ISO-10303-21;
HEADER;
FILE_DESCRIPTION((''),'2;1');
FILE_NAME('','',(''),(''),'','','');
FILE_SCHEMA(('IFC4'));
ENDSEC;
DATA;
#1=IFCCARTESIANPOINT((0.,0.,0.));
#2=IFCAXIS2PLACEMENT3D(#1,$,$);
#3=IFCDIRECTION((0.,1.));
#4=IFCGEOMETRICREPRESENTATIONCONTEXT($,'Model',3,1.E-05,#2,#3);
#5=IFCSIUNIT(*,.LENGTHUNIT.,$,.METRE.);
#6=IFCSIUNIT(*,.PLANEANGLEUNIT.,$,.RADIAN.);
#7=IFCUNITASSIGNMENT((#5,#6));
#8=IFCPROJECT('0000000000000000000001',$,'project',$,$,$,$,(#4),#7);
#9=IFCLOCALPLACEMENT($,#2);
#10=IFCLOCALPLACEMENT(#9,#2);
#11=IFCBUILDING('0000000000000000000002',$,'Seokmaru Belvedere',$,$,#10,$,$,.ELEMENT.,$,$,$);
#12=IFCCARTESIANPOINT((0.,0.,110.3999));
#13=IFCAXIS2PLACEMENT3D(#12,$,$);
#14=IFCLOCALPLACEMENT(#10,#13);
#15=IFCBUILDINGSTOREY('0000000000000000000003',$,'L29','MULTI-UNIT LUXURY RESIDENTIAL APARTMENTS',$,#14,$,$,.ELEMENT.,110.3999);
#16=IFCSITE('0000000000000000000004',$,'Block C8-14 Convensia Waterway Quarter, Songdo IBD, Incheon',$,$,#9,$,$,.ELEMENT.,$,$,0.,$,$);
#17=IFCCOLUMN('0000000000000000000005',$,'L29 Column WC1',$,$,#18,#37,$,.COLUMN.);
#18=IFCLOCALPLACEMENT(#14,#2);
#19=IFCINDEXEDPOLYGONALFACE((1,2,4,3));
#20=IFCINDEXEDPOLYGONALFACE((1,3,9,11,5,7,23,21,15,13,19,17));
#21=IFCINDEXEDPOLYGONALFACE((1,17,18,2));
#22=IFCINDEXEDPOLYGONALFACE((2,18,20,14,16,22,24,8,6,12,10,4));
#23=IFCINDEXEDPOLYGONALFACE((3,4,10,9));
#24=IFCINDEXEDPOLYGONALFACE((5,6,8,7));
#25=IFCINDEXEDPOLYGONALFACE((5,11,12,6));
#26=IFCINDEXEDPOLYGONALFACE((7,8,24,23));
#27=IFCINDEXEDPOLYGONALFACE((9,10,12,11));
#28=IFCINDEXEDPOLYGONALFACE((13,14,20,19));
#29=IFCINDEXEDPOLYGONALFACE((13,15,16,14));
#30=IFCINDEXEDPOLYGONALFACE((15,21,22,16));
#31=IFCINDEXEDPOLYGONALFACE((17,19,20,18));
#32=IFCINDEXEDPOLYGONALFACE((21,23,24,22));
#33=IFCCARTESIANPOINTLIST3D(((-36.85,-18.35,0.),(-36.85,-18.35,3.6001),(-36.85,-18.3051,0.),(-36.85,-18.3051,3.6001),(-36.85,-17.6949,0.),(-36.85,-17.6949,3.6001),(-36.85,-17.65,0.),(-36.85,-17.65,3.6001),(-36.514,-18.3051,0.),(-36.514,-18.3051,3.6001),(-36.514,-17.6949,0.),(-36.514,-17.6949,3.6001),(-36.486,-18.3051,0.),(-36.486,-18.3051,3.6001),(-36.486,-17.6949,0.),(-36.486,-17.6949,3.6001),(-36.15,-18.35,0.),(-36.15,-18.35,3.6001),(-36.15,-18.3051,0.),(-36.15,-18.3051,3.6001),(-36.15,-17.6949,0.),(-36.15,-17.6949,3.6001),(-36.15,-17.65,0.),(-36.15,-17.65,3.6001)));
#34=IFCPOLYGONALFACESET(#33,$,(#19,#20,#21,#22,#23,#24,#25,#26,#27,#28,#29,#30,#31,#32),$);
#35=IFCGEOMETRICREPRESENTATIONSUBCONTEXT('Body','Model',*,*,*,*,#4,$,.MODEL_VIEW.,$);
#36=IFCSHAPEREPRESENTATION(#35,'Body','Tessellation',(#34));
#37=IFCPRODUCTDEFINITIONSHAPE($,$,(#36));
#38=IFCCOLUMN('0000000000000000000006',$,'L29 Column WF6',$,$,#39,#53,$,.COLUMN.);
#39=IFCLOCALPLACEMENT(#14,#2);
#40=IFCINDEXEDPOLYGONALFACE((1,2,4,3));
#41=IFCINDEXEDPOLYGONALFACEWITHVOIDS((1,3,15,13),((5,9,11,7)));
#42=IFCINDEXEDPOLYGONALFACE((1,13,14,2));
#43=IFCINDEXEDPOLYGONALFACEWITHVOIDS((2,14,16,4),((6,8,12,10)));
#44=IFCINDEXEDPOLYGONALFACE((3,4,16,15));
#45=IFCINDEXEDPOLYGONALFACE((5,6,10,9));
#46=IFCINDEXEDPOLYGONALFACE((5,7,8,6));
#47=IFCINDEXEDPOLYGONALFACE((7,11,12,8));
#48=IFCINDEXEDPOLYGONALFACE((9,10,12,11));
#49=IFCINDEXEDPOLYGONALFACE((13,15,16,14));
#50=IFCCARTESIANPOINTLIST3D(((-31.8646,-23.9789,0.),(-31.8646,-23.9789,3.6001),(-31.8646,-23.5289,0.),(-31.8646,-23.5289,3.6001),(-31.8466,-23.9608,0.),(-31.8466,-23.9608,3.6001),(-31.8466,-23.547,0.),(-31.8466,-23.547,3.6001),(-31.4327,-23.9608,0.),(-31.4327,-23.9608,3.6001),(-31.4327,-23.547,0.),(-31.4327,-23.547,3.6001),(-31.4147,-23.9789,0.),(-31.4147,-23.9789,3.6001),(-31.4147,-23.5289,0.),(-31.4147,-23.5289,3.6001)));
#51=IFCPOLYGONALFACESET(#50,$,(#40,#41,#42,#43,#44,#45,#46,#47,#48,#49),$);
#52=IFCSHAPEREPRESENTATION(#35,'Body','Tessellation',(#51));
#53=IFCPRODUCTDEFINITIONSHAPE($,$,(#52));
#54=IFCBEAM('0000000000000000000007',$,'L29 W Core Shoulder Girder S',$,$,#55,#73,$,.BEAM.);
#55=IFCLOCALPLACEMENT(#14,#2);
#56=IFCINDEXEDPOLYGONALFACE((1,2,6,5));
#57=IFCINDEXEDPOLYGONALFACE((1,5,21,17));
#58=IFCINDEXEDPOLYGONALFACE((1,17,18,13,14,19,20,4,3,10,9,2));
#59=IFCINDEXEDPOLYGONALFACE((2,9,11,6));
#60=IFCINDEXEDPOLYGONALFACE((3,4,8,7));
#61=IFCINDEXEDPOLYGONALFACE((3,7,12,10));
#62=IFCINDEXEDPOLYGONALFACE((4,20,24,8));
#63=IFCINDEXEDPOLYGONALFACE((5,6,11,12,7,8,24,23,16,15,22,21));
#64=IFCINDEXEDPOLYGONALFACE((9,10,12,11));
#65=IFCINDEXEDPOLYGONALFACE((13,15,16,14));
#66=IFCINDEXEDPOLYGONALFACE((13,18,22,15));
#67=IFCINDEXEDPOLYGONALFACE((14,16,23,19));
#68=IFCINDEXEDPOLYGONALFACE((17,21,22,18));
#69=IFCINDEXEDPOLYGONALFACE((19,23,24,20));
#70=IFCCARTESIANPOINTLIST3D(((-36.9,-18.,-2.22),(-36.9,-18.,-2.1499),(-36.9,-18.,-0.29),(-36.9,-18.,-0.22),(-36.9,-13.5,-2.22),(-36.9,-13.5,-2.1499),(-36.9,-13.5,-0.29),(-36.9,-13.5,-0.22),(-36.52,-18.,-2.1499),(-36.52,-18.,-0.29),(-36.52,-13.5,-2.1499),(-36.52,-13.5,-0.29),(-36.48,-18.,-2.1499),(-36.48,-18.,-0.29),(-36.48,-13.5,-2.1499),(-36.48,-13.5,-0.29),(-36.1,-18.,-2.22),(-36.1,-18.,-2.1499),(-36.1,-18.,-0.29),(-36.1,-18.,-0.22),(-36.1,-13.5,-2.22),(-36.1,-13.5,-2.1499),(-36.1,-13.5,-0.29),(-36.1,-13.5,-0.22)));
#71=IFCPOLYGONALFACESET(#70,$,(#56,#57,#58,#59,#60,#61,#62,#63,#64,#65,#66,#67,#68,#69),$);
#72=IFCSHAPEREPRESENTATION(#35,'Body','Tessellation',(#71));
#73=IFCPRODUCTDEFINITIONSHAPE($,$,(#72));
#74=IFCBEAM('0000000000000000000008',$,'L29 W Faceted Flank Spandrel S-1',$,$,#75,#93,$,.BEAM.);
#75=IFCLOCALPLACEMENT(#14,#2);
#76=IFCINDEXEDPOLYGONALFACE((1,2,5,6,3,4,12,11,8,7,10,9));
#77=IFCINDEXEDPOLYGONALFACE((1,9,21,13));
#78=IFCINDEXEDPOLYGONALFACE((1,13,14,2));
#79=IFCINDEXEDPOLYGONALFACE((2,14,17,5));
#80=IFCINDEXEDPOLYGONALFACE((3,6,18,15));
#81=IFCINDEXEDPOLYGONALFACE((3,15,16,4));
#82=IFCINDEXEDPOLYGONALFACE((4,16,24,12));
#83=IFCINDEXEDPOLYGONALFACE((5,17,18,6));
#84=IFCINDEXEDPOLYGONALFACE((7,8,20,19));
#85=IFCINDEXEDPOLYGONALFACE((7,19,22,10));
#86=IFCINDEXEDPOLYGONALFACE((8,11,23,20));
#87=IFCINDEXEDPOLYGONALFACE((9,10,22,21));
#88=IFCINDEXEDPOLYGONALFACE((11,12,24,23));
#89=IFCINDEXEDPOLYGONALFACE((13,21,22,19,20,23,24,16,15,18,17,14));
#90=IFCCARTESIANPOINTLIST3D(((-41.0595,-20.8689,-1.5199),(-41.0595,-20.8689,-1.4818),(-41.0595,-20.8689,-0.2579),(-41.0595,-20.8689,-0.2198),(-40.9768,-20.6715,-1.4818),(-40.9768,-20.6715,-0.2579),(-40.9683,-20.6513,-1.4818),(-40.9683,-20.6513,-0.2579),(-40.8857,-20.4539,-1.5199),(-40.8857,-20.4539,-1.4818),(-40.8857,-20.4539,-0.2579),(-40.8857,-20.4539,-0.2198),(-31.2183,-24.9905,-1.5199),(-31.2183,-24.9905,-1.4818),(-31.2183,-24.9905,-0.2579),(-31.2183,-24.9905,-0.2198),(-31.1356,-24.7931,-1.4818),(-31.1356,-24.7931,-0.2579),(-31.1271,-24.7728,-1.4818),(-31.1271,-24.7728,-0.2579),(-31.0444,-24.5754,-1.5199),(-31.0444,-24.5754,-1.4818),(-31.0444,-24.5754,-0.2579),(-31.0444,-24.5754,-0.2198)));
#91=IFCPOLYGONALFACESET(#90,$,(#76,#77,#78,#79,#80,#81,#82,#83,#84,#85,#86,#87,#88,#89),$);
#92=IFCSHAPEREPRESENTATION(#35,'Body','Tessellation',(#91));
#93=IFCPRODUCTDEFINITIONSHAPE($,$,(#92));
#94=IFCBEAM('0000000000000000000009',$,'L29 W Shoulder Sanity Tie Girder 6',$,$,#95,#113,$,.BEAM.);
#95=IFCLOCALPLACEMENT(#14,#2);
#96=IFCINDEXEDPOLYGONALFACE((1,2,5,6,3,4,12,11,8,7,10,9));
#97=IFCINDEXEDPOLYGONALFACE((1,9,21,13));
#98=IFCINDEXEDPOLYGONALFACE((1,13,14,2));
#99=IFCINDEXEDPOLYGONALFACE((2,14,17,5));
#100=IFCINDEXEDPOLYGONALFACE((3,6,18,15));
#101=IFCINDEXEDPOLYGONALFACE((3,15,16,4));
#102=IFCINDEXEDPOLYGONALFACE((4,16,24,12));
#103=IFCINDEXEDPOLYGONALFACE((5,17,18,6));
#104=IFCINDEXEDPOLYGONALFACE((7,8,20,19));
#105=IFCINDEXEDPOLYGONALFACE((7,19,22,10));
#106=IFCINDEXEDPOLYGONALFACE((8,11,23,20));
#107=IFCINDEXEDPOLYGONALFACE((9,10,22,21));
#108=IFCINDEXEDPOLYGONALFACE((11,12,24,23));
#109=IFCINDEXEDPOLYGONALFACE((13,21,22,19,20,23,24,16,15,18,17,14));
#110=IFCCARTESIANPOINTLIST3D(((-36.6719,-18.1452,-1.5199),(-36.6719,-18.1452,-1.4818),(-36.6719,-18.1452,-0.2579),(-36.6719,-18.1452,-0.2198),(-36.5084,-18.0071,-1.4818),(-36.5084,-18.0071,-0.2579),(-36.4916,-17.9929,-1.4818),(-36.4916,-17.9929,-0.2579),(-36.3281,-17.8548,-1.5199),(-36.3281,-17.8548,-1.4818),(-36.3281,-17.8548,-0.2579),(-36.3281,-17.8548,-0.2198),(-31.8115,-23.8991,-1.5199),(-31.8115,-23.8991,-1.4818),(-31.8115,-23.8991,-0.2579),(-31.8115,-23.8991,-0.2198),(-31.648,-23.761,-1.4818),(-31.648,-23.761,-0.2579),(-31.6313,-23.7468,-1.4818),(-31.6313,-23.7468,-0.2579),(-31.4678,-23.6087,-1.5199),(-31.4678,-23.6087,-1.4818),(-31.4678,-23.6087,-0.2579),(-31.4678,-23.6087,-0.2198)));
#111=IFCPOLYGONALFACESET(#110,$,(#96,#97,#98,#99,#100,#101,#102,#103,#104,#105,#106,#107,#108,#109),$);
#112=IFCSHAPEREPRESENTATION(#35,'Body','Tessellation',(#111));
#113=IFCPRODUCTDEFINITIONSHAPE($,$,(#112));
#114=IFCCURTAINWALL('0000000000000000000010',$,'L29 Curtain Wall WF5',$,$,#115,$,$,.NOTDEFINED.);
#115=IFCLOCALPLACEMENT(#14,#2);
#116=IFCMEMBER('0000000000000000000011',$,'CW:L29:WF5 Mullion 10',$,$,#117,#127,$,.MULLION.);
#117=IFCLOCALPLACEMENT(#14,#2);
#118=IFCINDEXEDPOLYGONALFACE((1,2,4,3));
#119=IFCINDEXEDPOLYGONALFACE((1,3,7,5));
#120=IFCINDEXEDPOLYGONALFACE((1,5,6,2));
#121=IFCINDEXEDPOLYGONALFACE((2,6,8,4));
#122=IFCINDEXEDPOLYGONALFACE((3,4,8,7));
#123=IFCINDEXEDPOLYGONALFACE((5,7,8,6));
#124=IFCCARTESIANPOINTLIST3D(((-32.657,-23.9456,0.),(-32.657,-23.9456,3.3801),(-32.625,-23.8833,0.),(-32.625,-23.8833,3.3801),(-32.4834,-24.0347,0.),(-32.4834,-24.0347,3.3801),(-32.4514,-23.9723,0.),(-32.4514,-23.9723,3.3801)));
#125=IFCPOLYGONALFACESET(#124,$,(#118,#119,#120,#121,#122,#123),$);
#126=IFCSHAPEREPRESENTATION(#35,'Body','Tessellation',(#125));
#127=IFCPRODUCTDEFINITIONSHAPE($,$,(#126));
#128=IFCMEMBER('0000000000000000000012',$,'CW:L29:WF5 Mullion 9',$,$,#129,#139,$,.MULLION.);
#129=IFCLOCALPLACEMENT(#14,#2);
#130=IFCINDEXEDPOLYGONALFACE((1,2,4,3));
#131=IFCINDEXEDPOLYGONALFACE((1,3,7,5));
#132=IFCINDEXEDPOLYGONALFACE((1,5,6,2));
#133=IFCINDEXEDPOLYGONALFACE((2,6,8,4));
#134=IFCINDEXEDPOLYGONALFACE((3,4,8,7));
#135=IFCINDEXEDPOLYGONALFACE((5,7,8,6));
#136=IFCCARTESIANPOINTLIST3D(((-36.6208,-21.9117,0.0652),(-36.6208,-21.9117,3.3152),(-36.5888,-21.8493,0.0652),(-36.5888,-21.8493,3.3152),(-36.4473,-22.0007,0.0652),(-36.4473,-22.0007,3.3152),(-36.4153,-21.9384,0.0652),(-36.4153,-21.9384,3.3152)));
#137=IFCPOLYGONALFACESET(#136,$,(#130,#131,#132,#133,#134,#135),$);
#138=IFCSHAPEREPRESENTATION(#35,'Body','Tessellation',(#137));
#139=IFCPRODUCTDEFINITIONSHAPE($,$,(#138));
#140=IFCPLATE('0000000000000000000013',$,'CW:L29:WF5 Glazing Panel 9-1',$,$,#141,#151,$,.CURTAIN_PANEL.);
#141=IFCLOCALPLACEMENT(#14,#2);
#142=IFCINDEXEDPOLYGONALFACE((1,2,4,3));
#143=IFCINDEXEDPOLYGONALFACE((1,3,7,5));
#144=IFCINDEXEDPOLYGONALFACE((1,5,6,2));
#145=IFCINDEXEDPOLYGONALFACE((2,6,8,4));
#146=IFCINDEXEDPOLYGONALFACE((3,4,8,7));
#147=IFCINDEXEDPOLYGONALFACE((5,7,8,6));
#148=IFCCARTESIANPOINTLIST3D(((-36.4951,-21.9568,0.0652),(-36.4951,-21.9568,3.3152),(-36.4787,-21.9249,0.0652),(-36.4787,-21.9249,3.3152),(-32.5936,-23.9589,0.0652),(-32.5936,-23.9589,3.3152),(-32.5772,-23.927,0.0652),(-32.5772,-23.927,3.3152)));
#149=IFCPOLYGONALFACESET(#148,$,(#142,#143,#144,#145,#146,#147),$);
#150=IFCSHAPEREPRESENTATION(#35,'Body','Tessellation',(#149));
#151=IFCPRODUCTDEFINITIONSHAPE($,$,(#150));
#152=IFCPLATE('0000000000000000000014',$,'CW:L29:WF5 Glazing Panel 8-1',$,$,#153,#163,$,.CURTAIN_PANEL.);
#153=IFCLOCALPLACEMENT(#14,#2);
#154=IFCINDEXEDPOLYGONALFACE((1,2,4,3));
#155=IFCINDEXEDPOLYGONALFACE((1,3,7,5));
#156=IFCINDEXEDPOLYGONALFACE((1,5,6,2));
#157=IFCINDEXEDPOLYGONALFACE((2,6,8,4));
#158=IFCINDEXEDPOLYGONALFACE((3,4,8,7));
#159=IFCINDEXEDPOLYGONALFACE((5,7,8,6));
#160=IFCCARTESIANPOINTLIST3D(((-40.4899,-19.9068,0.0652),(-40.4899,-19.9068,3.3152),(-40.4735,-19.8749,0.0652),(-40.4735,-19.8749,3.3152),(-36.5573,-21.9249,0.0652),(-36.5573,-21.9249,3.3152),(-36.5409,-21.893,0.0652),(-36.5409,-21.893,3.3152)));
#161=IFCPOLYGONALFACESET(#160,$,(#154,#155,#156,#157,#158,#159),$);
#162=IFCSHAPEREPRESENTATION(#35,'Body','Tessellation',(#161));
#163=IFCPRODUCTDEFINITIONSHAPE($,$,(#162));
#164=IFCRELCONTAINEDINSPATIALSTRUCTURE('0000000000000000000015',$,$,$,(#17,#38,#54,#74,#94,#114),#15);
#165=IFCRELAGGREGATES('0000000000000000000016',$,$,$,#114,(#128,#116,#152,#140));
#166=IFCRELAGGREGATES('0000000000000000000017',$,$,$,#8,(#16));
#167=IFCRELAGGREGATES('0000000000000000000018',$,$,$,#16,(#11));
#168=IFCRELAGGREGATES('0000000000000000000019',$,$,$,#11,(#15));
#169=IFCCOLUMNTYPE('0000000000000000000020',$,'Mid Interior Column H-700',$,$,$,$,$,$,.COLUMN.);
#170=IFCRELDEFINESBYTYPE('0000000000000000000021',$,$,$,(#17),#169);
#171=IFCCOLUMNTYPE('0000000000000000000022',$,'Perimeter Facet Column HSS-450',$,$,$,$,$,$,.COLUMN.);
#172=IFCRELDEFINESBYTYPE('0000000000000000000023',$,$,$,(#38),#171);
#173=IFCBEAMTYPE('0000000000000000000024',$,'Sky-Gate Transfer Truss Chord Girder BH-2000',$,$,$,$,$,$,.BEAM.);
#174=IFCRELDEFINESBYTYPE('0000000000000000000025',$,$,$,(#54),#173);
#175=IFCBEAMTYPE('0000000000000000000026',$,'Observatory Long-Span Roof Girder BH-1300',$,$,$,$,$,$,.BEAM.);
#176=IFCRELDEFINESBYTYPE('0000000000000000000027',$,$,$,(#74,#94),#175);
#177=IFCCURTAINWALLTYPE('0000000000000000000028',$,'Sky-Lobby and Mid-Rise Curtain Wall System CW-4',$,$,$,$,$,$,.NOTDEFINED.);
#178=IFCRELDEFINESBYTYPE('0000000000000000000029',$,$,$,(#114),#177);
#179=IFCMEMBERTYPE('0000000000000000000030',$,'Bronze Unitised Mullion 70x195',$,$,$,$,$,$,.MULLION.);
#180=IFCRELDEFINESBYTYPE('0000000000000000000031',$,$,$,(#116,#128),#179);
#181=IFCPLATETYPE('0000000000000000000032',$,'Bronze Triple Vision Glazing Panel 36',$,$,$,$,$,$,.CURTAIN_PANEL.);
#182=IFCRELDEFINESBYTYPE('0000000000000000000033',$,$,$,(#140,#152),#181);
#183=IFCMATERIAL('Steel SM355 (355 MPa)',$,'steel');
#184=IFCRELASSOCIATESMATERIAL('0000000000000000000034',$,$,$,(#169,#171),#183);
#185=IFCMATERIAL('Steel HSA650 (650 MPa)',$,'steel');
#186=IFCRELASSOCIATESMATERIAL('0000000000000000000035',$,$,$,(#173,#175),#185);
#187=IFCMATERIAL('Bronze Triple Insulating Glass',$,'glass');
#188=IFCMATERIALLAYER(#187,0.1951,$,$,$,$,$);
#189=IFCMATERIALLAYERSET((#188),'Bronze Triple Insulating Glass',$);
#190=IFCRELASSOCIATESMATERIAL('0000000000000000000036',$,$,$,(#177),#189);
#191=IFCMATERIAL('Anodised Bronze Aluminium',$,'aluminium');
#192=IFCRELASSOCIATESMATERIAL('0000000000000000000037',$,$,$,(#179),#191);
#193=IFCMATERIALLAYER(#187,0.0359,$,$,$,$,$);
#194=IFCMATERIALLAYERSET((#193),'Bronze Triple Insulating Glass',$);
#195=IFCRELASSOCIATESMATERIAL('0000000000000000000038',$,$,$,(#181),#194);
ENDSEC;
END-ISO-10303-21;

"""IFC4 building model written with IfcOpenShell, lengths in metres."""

from ifc_helpers import new_model, si_unit, direction, frame, origin, origin_2d, place, context, subcontext, project, spatial, rectangle, hollow_rectangle, i_section, extrude, source, transform, mapped, material, layer, layer_set, material_profile, profile_set, type_object, type_shapes, element, aggregate, save


model = new_model("IFC4")

# Units and contexts
model_context = context("Model", 3, precision=1e-05, world=origin(), true_north=direction((0.0, 1.0)))
body_context = subcontext(model_context, "Body", "Model", "MODEL_VIEW")
ifc_project = project(units=[si_unit("LENGTHUNIT", "METRE"), si_unit("PLANEANGLEUNIT", "RADIAN")], contexts=[model_context])

# Site, building, storey
site_placement = place(None, origin())
site = spatial("IfcSite", under=ifc_project, at=site_placement, Name="Block C8-14 Convensia Waterway Quarter, Songdo IBD, Incheon", CompositionType="ELEMENT", RefElevation=0.0)
building_placement = place(site_placement, origin())
building = spatial("IfcBuilding", under=site, at=building_placement, Name="Seokmaru Belvedere", CompositionType="ELEMENT")
storey_placement = place(building_placement, frame((0.0, 0.0, 110.3999)))
storey = spatial("IfcBuildingStorey", under=building, at=storey_placement, Name="L29", Description="MULTI-UNIT LUXURY RESIDENTIAL APARTMENTS", CompositionType="ELEMENT", Elevation=110.3999)

# Columns
ifc_material_1 = material(Name="Steel SM355 (355 MPa)", Category="steel")
ifc_material_profile_1 = material_profile(ifc_material_1, i_section(OverallWidth=0.7, OverallDepth=0.7, WebThickness=0.0281, FlangeThickness=0.0449, at=origin_2d()), Name="H-700x700x28x45")
ifc_profile_set_1 = profile_set([ifc_material_profile_1], Name="Steel SM355 (355 MPa)")
column_type_1 = type_object("IfcColumnType", Name="Mid Interior Column H-700", PredefinedType="COLUMN", material=ifc_profile_set_1)
shared_shape_1 = source(origin(), body_context, "Body", "SweptSolid", [
    extrude(i_section(OverallWidth=0.7, OverallDepth=0.7, WebThickness=0.0281, FlangeThickness=0.0449, at=origin_2d()), origin(), (0.0, 0.0, 1.0), 3.6001),
])
type_shapes(column_type_1, [shared_shape_1])
column_1_placement = place(storey_placement, frame((-36.5, -18.0, 0.0), z_axis=(0.0, 0.0, 1.0), x_axis=(1.0, 0.0, 0.0)))
element("IfcColumn", 1, at=column_1_placement, inside=storey, type_object=column_type_1, Name="L29 Column WC1", PredefinedType="COLUMN", context=body_context, shape_type="MappedRepresentation", body=[
    mapped(shared_shape_1, transform((0.0, 0.0, 0.0), scale=1.0)),
])
ifc_material_profile_2 = material_profile(ifc_material_1, hollow_rectangle(XDim=0.45, YDim=0.45, WallThickness=0.0181, at=origin_2d()), Name="HSS-450x450x18")
ifc_profile_set_2 = profile_set([ifc_material_profile_2], Name="Steel SM355 (355 MPa)")
column_type_2 = type_object("IfcColumnType", Name="Perimeter Facet Column HSS-450", PredefinedType="COLUMN", material=ifc_profile_set_2)
shared_shape_2 = source(origin(), body_context, "Body", "SweptSolid", [
    extrude(hollow_rectangle(XDim=0.45, YDim=0.45, WallThickness=0.0181, at=origin_2d()), origin(), (0.0, 0.0, 1.0), 3.6001),
])
type_shapes(column_type_2, [shared_shape_2])
column_2_placement = place(storey_placement, frame((-31.6396, -23.7539, 0.0), z_axis=(0.0, 0.0, 1.0), x_axis=(1.0, 0.0, 0.0)))
element("IfcColumn", 2, at=column_2_placement, inside=storey, type_object=column_type_2, Name="L29 Column WF6", PredefinedType="COLUMN", context=body_context, shape_type="MappedRepresentation", body=[
    mapped(shared_shape_2, transform((0.0, 0.0, 0.0), scale=1.0)),
])

# Beams
ifc_material_2 = material(Name="Steel HSA650 (650 MPa)", Category="steel")
ifc_material_profile_3 = material_profile(ifc_material_2, i_section(OverallWidth=0.8, OverallDepth=2.0, WebThickness=0.04, FlangeThickness=0.0701, at=origin_2d()), Name="BH-2000x800x40x70")
ifc_profile_set_3 = profile_set([ifc_material_profile_3], Name="Steel HSA650 (650 MPa)")
beam_type_1 = type_object("IfcBeamType", Name="Sky-Gate Transfer Truss Chord Girder BH-2000", PredefinedType="BEAM", material=ifc_profile_set_3)
shared_shape_3 = source(origin(), body_context, "Body", "SweptSolid", [
    extrude(i_section(OverallWidth=0.8, OverallDepth=2.0, WebThickness=0.04, FlangeThickness=0.0701, at=origin_2d()), origin(), (0.0, 0.0, 1.0), 4.5),
])
type_shapes(beam_type_1, [shared_shape_3])
beam_1_placement = place(storey_placement, frame((-36.5, -18.0, -1.22), z_axis=(0.0, 1.0, 0.0), x_axis=(-1.0, 0.0, 0.0)))
element("IfcBeam", 3, at=beam_1_placement, inside=storey, type_object=beam_type_1, Name="L29 W Core Shoulder Girder S", PredefinedType="BEAM", context=body_context, shape_type="MappedRepresentation", body=[
    mapped(shared_shape_3, transform((0.0, 0.0, 0.0), scale=1.0)),
])
ifc_material_profile_4 = material_profile(ifc_material_2, i_section(OverallWidth=0.45, OverallDepth=1.3, WebThickness=0.022, FlangeThickness=0.0381, at=origin_2d()), Name="BH-1300x450x22x38")
ifc_profile_set_4 = profile_set([ifc_material_profile_4], Name="Steel HSA650 (650 MPa)")
beam_type_2 = type_object("IfcBeamType", Name="Observatory Long-Span Roof Girder BH-1300", PredefinedType="BEAM", material=ifc_profile_set_4)
shared_shape_4 = source(origin(), body_context, "Body", "SweptSolid", [
    extrude(i_section(OverallWidth=0.45, OverallDepth=1.3, WebThickness=0.022, FlangeThickness=0.0381, at=origin_2d()), origin(), (0.0, 0.0, 1.0), 10.6694),
])
beam_2_placement = place(storey_placement, frame((-31.1313, -24.783, -0.8699), z_axis=(-0.922375, 0.386295, 0.0), x_axis=(-0.386295, -0.922375, 0.0)))
element("IfcBeam", 4, at=beam_2_placement, inside=storey, type_object=beam_type_2, Name="L29 W Faceted Flank Spandrel S-1", PredefinedType="BEAM", context=body_context, shape_type="MappedRepresentation", body=[
    mapped(shared_shape_4, transform((0.0, 0.0, 0.0), scale=1.0)),
])
shared_shape_5 = source(origin(), body_context, "Body", "SweptSolid", [
    extrude(i_section(OverallWidth=0.45, OverallDepth=1.3, WebThickness=0.022, FlangeThickness=0.0381, at=origin_2d()), origin(), (0.0, 0.0, 1.0), 7.532),
])
type_shapes(beam_type_2, [shared_shape_4, shared_shape_5])
beam_3_placement = place(storey_placement, frame((-31.6396, -23.7539, -0.8699), z_axis=(-0.645297, 0.763932, 0.0), x_axis=(-0.763932, -0.645297, 0.0)))
element("IfcBeam", 5, at=beam_3_placement, inside=storey, type_object=beam_type_2, Name="L29 W Shoulder Sanity Tie Girder 6", PredefinedType="BEAM", context=body_context, shape_type="MappedRepresentation", body=[
    mapped(shared_shape_5, transform((0.0, 0.0, 0.0), scale=1.0)),
])

# Curtain wall, members, plates
ifc_material_3 = material(Name="Bronze Triple Insulating Glass", Category="glass")
ifc_layer_1 = layer(ifc_material_3, 0.1951)
ifc_layer_set_1 = layer_set([ifc_layer_1], Name="Bronze Triple Insulating Glass")
curtain_wall_type = type_object("IfcCurtainWallType", Name="Sky-Lobby and Mid-Rise Curtain Wall System CW-4", PredefinedType="NOTDEFINED", material=ifc_layer_set_1)
curtain_wall_placement = place(storey_placement, origin())
curtain_wall = element("IfcCurtainWall", 6, at=curtain_wall_placement, inside=storey, type_object=curtain_wall_type, Name="L29 Curtain Wall WF5", PredefinedType="NOTDEFINED")
ifc_material_4 = material(Name="Anodised Bronze Aluminium", Category="aluminium")
ifc_material_profile_5 = material_profile(ifc_material_4, rectangle(XDim=0.0701, YDim=0.1951, at=origin_2d()), Name="CW-M-70x195")
ifc_profile_set_5 = profile_set([ifc_material_profile_5], Name="Anodised Bronze Aluminium")
member_type = type_object("IfcMemberType", Name="Bronze Unitised Mullion 70x195", PredefinedType="MULLION", material=ifc_profile_set_5)
shared_shape_6 = source(origin(), body_context, "Body", "SweptSolid", [
    extrude(rectangle(XDim=0.0701, YDim=0.1951, at=origin_2d()), origin(), (0.0, 0.0, 1.0), 3.3801),
])
member_1_placement = place(storey_placement, frame((-32.5542, -23.959, 0.0), z_axis=(0.0, 0.0, 1.0), x_axis=(0.456555, 0.889695, 0.0)))
member_1 = element("IfcMember", 7, at=member_1_placement, type_object=member_type, Name="CW:L29:WF5 Mullion 10", PredefinedType="MULLION", context=body_context, shape_type="MappedRepresentation", body=[
    mapped(shared_shape_6, transform((0.0, 0.0, 0.0), scale=1.0)),
])
shared_shape_7 = source(origin(), body_context, "Body", "SweptSolid", [
    extrude(rectangle(XDim=0.0701, YDim=0.1951, at=origin_2d()), origin(), (0.0, 0.0, 1.0), 3.25),
])
type_shapes(member_type, [shared_shape_6, shared_shape_7])
member_2_placement = place(storey_placement, frame((-36.5181, -21.925, 0.0652), z_axis=(0.0, 0.0, 1.0), x_axis=(0.456555, 0.889695, 0.0)))
member_2 = element("IfcMember", 8, at=member_2_placement, type_object=member_type, Name="CW:L29:WF5 Mullion 9", PredefinedType="MULLION", context=body_context, shape_type="MappedRepresentation", body=[
    mapped(shared_shape_7, transform((0.0, 0.0, 0.0), scale=1.0)),
])
ifc_layer_2 = layer(ifc_material_3, 0.0359)
ifc_layer_set_2 = layer_set([ifc_layer_2], Name="Bronze Triple Insulating Glass")
plate_type = type_object("IfcPlateType", Name="Bronze Triple Vision Glazing Panel 36", PredefinedType="CURTAIN_PANEL", material=ifc_layer_set_2)
shared_shape_8 = source(origin(), body_context, "Body", "SweptSolid", [
    extrude(rectangle(XDim=4.3853, YDim=0.0359, at=origin_2d()), origin(), (0.0, 0.0, 1.0), 3.25),
])
plate_1_placement = place(storey_placement, frame((-34.5361, -22.9419, 0.0652), z_axis=(0.0, 0.0, 1.0), x_axis=(0.889695, -0.456555, 0.0)))
plate_1 = element("IfcPlate", 9, at=plate_1_placement, type_object=plate_type, Name="CW:L29:WF5 Glazing Panel 9-1", PredefinedType="CURTAIN_PANEL", context=body_context, shape_type="MappedRepresentation", body=[
    mapped(shared_shape_8, transform((0.0, 0.0, 0.0), scale=1.0)),
])
shared_shape_9 = source(origin(), body_context, "Body", "SweptSolid", [
    extrude(rectangle(XDim=4.4202, YDim=0.0359, at=origin_2d()), origin(), (0.0, 0.0, 1.0), 3.25),
])
type_shapes(plate_type, [shared_shape_8, shared_shape_9])
plate_2_placement = place(storey_placement, frame((-38.5154, -20.8999, 0.0652), z_axis=(0.0, 0.0, 1.0), x_axis=(0.889695, -0.456555, 0.0)))
plate_2 = element("IfcPlate", 10, at=plate_2_placement, type_object=plate_type, Name="CW:L29:WF5 Glazing Panel 8-1", PredefinedType="CURTAIN_PANEL", context=body_context, shape_type="MappedRepresentation", body=[
    mapped(shared_shape_9, transform((0.0, 0.0, 0.0), scale=1.0)),
])
aggregate(curtain_wall, [member_2, member_1, plate_2, plate_1])

save(model, "model.ifc")
